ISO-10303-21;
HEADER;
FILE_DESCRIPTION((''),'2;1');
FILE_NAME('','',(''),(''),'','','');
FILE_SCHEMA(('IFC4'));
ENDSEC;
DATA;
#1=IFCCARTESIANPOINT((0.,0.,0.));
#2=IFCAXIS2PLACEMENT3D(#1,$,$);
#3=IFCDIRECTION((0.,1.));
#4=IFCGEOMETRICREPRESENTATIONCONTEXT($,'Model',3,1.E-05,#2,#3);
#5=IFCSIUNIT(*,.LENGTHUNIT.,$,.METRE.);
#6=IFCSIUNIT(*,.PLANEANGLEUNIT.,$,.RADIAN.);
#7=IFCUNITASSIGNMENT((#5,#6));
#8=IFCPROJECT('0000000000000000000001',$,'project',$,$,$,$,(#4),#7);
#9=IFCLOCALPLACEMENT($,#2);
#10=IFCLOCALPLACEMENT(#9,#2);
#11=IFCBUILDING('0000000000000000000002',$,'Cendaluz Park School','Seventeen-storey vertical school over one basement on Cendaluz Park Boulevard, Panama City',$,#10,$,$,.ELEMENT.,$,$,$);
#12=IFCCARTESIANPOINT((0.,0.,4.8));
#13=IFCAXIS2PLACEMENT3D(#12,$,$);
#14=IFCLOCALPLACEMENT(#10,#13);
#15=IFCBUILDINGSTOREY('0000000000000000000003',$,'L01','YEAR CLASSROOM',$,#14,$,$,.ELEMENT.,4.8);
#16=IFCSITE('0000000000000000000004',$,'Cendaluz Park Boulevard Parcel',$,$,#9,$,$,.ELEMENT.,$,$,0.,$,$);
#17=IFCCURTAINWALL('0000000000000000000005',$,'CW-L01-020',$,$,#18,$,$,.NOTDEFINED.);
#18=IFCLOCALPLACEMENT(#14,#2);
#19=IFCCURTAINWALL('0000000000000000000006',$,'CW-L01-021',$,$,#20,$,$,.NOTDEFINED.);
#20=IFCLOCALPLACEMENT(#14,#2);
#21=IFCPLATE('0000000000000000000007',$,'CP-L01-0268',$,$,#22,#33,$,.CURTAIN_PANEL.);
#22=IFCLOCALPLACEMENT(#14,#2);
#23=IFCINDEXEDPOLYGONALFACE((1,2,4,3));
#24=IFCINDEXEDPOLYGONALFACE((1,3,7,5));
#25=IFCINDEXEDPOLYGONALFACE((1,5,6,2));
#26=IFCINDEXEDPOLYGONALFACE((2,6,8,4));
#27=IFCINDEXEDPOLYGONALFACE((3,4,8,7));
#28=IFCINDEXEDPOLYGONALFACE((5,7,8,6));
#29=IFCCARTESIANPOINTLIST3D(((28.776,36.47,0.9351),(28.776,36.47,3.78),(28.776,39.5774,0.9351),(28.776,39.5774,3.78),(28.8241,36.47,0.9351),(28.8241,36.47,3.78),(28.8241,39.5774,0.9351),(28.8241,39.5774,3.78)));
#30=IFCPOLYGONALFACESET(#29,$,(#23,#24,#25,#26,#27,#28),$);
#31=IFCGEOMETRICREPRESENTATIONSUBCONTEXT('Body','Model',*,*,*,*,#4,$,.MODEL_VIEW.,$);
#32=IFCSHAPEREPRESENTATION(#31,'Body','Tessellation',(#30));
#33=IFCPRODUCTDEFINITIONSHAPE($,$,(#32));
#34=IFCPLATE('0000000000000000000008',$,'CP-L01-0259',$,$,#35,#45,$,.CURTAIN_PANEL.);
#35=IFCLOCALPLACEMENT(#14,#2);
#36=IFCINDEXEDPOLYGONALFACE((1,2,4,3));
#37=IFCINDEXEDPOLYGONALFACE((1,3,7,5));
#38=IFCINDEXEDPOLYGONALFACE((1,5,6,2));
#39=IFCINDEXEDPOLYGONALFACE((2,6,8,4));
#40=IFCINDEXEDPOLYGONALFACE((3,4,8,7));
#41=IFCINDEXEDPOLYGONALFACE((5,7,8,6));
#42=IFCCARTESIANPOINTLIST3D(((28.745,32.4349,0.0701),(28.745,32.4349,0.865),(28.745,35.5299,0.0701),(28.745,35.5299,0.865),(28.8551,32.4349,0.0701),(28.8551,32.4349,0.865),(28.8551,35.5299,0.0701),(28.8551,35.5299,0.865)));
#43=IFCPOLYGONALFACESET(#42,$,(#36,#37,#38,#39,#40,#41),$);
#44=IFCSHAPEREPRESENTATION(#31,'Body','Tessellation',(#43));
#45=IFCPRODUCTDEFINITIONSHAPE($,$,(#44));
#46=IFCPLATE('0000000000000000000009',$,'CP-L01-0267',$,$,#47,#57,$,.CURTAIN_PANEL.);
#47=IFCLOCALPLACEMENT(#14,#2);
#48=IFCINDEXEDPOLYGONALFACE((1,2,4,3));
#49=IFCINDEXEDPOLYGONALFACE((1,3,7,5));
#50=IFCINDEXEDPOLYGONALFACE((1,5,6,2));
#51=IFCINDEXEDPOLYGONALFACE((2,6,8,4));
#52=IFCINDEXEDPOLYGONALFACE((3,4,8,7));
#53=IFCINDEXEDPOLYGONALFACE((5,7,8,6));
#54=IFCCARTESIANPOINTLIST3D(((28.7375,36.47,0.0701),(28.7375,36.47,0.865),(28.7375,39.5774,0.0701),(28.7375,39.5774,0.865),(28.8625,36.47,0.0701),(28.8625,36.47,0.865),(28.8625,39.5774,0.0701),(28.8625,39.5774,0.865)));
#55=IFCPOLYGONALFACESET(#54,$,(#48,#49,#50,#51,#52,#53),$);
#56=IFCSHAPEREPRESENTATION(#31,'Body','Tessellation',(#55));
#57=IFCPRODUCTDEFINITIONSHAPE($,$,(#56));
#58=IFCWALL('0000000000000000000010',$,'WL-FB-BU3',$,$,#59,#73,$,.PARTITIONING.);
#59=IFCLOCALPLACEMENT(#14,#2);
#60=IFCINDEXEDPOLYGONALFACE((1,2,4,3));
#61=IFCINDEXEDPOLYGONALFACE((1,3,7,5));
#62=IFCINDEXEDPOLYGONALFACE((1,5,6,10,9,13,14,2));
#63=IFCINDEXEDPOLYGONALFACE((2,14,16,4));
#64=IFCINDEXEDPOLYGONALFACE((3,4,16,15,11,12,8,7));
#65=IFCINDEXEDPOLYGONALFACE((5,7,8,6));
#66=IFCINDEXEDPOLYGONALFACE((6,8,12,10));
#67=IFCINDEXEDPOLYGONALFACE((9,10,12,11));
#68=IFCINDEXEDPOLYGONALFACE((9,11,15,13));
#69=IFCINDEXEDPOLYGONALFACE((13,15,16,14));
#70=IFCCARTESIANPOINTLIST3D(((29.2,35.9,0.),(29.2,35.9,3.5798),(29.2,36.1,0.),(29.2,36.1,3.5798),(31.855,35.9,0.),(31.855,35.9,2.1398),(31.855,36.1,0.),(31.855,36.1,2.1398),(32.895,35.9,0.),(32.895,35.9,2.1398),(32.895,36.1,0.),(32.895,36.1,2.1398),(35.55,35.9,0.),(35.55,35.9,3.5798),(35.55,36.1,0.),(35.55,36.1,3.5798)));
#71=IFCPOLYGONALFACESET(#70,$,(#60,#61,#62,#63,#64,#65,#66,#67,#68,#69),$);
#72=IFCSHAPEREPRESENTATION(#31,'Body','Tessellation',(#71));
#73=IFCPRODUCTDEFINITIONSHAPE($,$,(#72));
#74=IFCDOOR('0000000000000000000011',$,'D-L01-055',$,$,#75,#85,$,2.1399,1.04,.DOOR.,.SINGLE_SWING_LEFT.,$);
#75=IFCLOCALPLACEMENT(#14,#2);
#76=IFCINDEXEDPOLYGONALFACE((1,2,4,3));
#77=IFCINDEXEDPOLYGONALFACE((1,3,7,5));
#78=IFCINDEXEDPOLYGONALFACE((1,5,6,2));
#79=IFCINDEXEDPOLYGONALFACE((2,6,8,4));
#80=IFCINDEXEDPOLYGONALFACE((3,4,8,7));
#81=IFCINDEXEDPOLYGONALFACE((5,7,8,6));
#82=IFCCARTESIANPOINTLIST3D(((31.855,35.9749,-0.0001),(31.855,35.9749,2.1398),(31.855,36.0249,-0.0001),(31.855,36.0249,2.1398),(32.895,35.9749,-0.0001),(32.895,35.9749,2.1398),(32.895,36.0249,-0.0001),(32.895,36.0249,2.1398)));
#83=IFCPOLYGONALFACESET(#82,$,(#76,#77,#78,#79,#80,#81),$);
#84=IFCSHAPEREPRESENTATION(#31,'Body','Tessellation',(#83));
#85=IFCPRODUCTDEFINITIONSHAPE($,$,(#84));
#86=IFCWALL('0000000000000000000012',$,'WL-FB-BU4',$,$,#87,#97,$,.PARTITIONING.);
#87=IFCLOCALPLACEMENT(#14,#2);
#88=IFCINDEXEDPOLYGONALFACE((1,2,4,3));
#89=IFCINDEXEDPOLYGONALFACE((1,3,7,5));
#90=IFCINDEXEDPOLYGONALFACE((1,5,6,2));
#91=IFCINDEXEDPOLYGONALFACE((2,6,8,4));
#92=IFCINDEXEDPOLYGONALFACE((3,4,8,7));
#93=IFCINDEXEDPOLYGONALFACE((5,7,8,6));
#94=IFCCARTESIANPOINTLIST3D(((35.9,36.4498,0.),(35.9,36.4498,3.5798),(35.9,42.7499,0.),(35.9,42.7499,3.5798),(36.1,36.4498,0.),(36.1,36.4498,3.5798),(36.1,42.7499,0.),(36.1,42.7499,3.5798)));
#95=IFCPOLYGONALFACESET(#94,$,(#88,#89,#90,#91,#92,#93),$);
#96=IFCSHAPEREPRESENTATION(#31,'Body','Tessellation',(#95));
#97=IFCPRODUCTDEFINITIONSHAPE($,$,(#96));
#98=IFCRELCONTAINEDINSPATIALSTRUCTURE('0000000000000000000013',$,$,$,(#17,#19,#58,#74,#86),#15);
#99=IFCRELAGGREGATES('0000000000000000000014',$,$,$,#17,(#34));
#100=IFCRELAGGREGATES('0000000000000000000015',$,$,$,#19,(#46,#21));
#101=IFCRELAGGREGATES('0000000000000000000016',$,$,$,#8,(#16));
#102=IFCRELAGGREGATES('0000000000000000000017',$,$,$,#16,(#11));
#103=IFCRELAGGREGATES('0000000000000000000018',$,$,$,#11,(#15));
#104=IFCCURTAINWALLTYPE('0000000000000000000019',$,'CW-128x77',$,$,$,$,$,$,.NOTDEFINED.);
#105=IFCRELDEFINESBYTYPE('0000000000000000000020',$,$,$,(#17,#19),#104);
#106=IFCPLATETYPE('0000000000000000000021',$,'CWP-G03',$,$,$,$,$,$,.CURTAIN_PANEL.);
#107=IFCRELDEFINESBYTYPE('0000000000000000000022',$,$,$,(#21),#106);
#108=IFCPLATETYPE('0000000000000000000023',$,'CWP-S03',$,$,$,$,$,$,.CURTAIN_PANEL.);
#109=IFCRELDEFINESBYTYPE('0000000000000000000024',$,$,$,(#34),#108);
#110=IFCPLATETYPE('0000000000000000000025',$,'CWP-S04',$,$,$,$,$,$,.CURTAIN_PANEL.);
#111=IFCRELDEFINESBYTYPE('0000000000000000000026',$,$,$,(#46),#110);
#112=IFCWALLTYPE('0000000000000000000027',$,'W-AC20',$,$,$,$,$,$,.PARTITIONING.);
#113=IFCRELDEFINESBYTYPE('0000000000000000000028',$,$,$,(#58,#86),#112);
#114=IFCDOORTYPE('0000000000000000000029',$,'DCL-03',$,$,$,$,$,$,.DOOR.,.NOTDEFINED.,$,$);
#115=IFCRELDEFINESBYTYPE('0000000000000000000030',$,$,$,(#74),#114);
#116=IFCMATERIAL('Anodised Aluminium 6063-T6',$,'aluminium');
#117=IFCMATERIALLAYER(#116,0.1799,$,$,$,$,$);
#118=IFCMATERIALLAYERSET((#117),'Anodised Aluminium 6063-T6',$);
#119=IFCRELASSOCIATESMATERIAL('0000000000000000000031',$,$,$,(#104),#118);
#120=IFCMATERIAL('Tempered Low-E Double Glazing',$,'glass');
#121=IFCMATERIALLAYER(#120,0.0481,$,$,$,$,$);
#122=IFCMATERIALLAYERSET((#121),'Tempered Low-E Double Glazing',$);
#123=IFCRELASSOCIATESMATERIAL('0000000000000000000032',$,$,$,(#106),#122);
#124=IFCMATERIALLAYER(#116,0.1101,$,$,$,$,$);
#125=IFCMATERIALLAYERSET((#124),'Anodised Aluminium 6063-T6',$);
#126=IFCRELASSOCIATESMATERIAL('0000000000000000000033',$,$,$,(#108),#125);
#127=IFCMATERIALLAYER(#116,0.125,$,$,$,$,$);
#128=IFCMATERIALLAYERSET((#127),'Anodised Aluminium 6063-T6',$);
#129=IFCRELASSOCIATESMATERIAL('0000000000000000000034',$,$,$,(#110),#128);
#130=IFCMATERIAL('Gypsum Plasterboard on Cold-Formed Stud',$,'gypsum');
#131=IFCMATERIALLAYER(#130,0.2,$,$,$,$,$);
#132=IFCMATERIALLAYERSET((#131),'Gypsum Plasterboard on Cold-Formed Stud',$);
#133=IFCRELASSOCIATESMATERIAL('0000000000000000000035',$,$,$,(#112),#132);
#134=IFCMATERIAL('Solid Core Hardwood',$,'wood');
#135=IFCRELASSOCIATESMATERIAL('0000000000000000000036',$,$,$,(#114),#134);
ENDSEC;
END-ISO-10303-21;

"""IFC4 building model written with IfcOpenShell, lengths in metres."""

from ifc_helpers import new_model, si_unit, direction, frame, frame_2d, origin, origin_2d, place, context, subcontext, project, spatial, rectangle, extrude, material, layer, layer_set, type_object, element, fill, aggregate, save


model = new_model("IFC4")

# Units and contexts
model_context = context("Model", 3, precision=1e-05, world=origin(), true_north=direction((0.0, 1.0)))
body_context = subcontext(model_context, "Body", "Model", "MODEL_VIEW")
ifc_project = project(units=[si_unit("LENGTHUNIT", "METRE"), si_unit("PLANEANGLEUNIT", "RADIAN")], contexts=[model_context])

# Site, building, storey
site_placement = place(None, origin())
site = spatial("IfcSite", under=ifc_project, at=site_placement, Name="Cendaluz Park Boulevard Parcel", CompositionType="ELEMENT", RefElevation=0.0)
building_placement = place(site_placement, origin())
building = spatial("IfcBuilding", under=site, at=building_placement, Name="Cendaluz Park School", Description="Seventeen-storey vertical school over one basement on Cendaluz Park Boulevard, Panama City", CompositionType="ELEMENT")
storey_placement = place(building_placement, frame((0.0, 0.0, 4.8)))
storey = spatial("IfcBuildingStorey", under=building, at=storey_placement, Name="L01", Description="YEAR CLASSROOM", CompositionType="ELEMENT", Elevation=4.8)

# Curtain walls
ifc_material_1 = material(Name="Anodised Aluminium 6063-T6", Category="aluminium")
ifc_layer_1 = layer(ifc_material_1, 0.1799)
ifc_layer_set_1 = layer_set([ifc_layer_1], Name="Anodised Aluminium 6063-T6")
curtain_wall_type = type_object("IfcCurtainWallType", Name="CW-128x77", PredefinedType="NOTDEFINED", material=ifc_layer_set_1)
curtain_wall_1_placement = place(storey_placement, origin())
curtain_wall_1 = element("IfcCurtainWall", 1, at=curtain_wall_1_placement, inside=storey, type_object=curtain_wall_type, Name="CW-L01-020", PredefinedType="NOTDEFINED")
curtain_wall_2_placement = place(storey_placement, origin())
curtain_wall_2 = element("IfcCurtainWall", 2, at=curtain_wall_2_placement, inside=storey, type_object=curtain_wall_type, Name="CW-L01-021", PredefinedType="NOTDEFINED")

# Plates
ifc_material_2 = material(Name="Tempered Low-E Double Glazing", Category="glass")
ifc_layer_2 = layer(ifc_material_2, 0.0481)
ifc_layer_set_2 = layer_set([ifc_layer_2], Name="Tempered Low-E Double Glazing")
plate_type_1 = type_object("IfcPlateType", Name="CWP-G03", PredefinedType="CURTAIN_PANEL", material=ifc_layer_set_2)
plate_1_placement = place(storey_placement, frame((28.8, 38.0237, 0.9351), z_axis=(0.0, 0.0, 1.0), x_axis=(0.0, 1.0, 0.0)))
plate_1 = element("IfcPlate", 3, at=plate_1_placement, type_object=plate_type_1, Name="CP-L01-0268", PredefinedType="CURTAIN_PANEL", context=body_context, shape_type="SweptSolid", body=[
    extrude(rectangle(XDim=3.1074, YDim=0.0481, at=origin_2d()), origin(), (0.0, 0.0, 1.0), 2.845),
])
ifc_layer_3 = layer(ifc_material_1, 0.1101)
ifc_layer_set_3 = layer_set([ifc_layer_3], Name="Anodised Aluminium 6063-T6")
plate_type_2 = type_object("IfcPlateType", Name="CWP-S03", PredefinedType="CURTAIN_PANEL", material=ifc_layer_set_3)
plate_2_placement = place(storey_placement, frame((28.8, 33.9824, 0.0701), z_axis=(0.0, 0.0, 1.0), x_axis=(0.0, 1.0, 0.0)))
plate_2 = element("IfcPlate", 4, at=plate_2_placement, type_object=plate_type_2, Name="CP-L01-0259", PredefinedType="CURTAIN_PANEL", context=body_context, shape_type="SweptSolid", body=[
    extrude(rectangle(XDim=3.095, YDim=0.1101, at=origin_2d()), origin(), (0.0, 0.0, 1.0), 0.7949),
])
aggregate(curtain_wall_1, [plate_2])
ifc_layer_4 = layer(ifc_material_1, 0.125)
ifc_layer_set_4 = layer_set([ifc_layer_4], Name="Anodised Aluminium 6063-T6")
plate_type_3 = type_object("IfcPlateType", Name="CWP-S04", PredefinedType="CURTAIN_PANEL", material=ifc_layer_set_4)
plate_3_placement = place(storey_placement, frame((28.8, 38.0237, 0.0701), z_axis=(0.0, 0.0, 1.0), x_axis=(0.0, 1.0, 0.0)))
plate_3 = element("IfcPlate", 5, at=plate_3_placement, type_object=plate_type_3, Name="CP-L01-0267", PredefinedType="CURTAIN_PANEL", context=body_context, shape_type="SweptSolid", body=[
    extrude(rectangle(XDim=3.1074, YDim=0.125, at=origin_2d()), origin(), (0.0, 0.0, 1.0), 0.7949),
])
aggregate(curtain_wall_2, [plate_3, plate_1])

# Wall, opening, door
ifc_material_3 = material(Name="Gypsum Plasterboard on Cold-Formed Stud", Category="gypsum")
ifc_layer_5 = layer(ifc_material_3, 0.2)
ifc_layer_set_5 = layer_set([ifc_layer_5], Name="Gypsum Plasterboard on Cold-Formed Stud")
wall_type = type_object("IfcWallType", Name="W-AC20", PredefinedType="PARTITIONING", material=ifc_layer_set_5)
wall_1_placement = place(storey_placement, frame((29.2, 36.0, 0.0), z_axis=(0.0, 0.0, 1.0), x_axis=(1.0, 0.0, 0.0)))
wall_1 = element("IfcWall", 6, at=wall_1_placement, inside=storey, type_object=wall_type, Name="WL-FB-BU3", PredefinedType="PARTITIONING", context=body_context, shape_type="SweptSolid", body=[
    extrude(rectangle(XDim=6.3501, YDim=0.2, at=frame_2d((3.175, 0.0))), origin(), (0.0, 0.0, 1.0), 3.5798),
])
opening_placement = place(wall_1_placement, frame((2.655, 0.0, 0.0)))
opening = element("IfcOpeningElement", 7, at=opening_placement, cuts=wall_1, PredefinedType="OPENING", context=body_context, shape_type="SweptSolid", body=[
    extrude(rectangle(XDim=1.04, YDim=2.1399, at=frame_2d((0.52, 1.0698))), frame((0.0, 0.1121, 0.0), z_axis=(0.0, -1.0, 0.0), x_axis=(1.0, 0.0, 0.0)), (0.0, 0.0, 1.0), 0.2239),
])
ifc_material_4 = material(Name="Solid Core Hardwood", Category="wood")
door_type = type_object("IfcDoorType", Name="DCL-03", OperationType="NOTDEFINED", PredefinedType="DOOR", material=ifc_material_4)
door_placement = place(opening_placement, origin())
door = element("IfcDoor", 8, at=door_placement, inside=storey, type_object=door_type, Name="D-L01-055", OperationType="SINGLE_SWING_LEFT", OverallHeight=2.1399, OverallWidth=1.04, PredefinedType="DOOR", context=body_context, shape_type="SweptSolid", body=[
    extrude(rectangle(XDim=1.04, YDim=2.1399, at=frame_2d((0.52, 1.0698))), frame((0.0, 0.0249, 0.0), z_axis=(0.0, -1.0, 0.0), x_axis=(1.0, 0.0, 0.0)), (0.0, 0.0, 1.0), 0.05),
])
fill(opening, door)

# Wall
wall_2_placement = place(storey_placement, frame((36.0, 36.45, 0.0), z_axis=(0.0, 0.0, 1.0), x_axis=(0.0, 1.0, 0.0)))
element("IfcWall", 9, at=wall_2_placement, inside=storey, type_object=wall_type, Name="WL-FB-BU4", PredefinedType="PARTITIONING", context=body_context, shape_type="SweptSolid", body=[
    extrude(rectangle(XDim=6.3, YDim=0.2, at=frame_2d((3.1499, 0.0))), origin(), (0.0, 0.0, 1.0), 3.5798),
])

save(model, "model.ifc")
